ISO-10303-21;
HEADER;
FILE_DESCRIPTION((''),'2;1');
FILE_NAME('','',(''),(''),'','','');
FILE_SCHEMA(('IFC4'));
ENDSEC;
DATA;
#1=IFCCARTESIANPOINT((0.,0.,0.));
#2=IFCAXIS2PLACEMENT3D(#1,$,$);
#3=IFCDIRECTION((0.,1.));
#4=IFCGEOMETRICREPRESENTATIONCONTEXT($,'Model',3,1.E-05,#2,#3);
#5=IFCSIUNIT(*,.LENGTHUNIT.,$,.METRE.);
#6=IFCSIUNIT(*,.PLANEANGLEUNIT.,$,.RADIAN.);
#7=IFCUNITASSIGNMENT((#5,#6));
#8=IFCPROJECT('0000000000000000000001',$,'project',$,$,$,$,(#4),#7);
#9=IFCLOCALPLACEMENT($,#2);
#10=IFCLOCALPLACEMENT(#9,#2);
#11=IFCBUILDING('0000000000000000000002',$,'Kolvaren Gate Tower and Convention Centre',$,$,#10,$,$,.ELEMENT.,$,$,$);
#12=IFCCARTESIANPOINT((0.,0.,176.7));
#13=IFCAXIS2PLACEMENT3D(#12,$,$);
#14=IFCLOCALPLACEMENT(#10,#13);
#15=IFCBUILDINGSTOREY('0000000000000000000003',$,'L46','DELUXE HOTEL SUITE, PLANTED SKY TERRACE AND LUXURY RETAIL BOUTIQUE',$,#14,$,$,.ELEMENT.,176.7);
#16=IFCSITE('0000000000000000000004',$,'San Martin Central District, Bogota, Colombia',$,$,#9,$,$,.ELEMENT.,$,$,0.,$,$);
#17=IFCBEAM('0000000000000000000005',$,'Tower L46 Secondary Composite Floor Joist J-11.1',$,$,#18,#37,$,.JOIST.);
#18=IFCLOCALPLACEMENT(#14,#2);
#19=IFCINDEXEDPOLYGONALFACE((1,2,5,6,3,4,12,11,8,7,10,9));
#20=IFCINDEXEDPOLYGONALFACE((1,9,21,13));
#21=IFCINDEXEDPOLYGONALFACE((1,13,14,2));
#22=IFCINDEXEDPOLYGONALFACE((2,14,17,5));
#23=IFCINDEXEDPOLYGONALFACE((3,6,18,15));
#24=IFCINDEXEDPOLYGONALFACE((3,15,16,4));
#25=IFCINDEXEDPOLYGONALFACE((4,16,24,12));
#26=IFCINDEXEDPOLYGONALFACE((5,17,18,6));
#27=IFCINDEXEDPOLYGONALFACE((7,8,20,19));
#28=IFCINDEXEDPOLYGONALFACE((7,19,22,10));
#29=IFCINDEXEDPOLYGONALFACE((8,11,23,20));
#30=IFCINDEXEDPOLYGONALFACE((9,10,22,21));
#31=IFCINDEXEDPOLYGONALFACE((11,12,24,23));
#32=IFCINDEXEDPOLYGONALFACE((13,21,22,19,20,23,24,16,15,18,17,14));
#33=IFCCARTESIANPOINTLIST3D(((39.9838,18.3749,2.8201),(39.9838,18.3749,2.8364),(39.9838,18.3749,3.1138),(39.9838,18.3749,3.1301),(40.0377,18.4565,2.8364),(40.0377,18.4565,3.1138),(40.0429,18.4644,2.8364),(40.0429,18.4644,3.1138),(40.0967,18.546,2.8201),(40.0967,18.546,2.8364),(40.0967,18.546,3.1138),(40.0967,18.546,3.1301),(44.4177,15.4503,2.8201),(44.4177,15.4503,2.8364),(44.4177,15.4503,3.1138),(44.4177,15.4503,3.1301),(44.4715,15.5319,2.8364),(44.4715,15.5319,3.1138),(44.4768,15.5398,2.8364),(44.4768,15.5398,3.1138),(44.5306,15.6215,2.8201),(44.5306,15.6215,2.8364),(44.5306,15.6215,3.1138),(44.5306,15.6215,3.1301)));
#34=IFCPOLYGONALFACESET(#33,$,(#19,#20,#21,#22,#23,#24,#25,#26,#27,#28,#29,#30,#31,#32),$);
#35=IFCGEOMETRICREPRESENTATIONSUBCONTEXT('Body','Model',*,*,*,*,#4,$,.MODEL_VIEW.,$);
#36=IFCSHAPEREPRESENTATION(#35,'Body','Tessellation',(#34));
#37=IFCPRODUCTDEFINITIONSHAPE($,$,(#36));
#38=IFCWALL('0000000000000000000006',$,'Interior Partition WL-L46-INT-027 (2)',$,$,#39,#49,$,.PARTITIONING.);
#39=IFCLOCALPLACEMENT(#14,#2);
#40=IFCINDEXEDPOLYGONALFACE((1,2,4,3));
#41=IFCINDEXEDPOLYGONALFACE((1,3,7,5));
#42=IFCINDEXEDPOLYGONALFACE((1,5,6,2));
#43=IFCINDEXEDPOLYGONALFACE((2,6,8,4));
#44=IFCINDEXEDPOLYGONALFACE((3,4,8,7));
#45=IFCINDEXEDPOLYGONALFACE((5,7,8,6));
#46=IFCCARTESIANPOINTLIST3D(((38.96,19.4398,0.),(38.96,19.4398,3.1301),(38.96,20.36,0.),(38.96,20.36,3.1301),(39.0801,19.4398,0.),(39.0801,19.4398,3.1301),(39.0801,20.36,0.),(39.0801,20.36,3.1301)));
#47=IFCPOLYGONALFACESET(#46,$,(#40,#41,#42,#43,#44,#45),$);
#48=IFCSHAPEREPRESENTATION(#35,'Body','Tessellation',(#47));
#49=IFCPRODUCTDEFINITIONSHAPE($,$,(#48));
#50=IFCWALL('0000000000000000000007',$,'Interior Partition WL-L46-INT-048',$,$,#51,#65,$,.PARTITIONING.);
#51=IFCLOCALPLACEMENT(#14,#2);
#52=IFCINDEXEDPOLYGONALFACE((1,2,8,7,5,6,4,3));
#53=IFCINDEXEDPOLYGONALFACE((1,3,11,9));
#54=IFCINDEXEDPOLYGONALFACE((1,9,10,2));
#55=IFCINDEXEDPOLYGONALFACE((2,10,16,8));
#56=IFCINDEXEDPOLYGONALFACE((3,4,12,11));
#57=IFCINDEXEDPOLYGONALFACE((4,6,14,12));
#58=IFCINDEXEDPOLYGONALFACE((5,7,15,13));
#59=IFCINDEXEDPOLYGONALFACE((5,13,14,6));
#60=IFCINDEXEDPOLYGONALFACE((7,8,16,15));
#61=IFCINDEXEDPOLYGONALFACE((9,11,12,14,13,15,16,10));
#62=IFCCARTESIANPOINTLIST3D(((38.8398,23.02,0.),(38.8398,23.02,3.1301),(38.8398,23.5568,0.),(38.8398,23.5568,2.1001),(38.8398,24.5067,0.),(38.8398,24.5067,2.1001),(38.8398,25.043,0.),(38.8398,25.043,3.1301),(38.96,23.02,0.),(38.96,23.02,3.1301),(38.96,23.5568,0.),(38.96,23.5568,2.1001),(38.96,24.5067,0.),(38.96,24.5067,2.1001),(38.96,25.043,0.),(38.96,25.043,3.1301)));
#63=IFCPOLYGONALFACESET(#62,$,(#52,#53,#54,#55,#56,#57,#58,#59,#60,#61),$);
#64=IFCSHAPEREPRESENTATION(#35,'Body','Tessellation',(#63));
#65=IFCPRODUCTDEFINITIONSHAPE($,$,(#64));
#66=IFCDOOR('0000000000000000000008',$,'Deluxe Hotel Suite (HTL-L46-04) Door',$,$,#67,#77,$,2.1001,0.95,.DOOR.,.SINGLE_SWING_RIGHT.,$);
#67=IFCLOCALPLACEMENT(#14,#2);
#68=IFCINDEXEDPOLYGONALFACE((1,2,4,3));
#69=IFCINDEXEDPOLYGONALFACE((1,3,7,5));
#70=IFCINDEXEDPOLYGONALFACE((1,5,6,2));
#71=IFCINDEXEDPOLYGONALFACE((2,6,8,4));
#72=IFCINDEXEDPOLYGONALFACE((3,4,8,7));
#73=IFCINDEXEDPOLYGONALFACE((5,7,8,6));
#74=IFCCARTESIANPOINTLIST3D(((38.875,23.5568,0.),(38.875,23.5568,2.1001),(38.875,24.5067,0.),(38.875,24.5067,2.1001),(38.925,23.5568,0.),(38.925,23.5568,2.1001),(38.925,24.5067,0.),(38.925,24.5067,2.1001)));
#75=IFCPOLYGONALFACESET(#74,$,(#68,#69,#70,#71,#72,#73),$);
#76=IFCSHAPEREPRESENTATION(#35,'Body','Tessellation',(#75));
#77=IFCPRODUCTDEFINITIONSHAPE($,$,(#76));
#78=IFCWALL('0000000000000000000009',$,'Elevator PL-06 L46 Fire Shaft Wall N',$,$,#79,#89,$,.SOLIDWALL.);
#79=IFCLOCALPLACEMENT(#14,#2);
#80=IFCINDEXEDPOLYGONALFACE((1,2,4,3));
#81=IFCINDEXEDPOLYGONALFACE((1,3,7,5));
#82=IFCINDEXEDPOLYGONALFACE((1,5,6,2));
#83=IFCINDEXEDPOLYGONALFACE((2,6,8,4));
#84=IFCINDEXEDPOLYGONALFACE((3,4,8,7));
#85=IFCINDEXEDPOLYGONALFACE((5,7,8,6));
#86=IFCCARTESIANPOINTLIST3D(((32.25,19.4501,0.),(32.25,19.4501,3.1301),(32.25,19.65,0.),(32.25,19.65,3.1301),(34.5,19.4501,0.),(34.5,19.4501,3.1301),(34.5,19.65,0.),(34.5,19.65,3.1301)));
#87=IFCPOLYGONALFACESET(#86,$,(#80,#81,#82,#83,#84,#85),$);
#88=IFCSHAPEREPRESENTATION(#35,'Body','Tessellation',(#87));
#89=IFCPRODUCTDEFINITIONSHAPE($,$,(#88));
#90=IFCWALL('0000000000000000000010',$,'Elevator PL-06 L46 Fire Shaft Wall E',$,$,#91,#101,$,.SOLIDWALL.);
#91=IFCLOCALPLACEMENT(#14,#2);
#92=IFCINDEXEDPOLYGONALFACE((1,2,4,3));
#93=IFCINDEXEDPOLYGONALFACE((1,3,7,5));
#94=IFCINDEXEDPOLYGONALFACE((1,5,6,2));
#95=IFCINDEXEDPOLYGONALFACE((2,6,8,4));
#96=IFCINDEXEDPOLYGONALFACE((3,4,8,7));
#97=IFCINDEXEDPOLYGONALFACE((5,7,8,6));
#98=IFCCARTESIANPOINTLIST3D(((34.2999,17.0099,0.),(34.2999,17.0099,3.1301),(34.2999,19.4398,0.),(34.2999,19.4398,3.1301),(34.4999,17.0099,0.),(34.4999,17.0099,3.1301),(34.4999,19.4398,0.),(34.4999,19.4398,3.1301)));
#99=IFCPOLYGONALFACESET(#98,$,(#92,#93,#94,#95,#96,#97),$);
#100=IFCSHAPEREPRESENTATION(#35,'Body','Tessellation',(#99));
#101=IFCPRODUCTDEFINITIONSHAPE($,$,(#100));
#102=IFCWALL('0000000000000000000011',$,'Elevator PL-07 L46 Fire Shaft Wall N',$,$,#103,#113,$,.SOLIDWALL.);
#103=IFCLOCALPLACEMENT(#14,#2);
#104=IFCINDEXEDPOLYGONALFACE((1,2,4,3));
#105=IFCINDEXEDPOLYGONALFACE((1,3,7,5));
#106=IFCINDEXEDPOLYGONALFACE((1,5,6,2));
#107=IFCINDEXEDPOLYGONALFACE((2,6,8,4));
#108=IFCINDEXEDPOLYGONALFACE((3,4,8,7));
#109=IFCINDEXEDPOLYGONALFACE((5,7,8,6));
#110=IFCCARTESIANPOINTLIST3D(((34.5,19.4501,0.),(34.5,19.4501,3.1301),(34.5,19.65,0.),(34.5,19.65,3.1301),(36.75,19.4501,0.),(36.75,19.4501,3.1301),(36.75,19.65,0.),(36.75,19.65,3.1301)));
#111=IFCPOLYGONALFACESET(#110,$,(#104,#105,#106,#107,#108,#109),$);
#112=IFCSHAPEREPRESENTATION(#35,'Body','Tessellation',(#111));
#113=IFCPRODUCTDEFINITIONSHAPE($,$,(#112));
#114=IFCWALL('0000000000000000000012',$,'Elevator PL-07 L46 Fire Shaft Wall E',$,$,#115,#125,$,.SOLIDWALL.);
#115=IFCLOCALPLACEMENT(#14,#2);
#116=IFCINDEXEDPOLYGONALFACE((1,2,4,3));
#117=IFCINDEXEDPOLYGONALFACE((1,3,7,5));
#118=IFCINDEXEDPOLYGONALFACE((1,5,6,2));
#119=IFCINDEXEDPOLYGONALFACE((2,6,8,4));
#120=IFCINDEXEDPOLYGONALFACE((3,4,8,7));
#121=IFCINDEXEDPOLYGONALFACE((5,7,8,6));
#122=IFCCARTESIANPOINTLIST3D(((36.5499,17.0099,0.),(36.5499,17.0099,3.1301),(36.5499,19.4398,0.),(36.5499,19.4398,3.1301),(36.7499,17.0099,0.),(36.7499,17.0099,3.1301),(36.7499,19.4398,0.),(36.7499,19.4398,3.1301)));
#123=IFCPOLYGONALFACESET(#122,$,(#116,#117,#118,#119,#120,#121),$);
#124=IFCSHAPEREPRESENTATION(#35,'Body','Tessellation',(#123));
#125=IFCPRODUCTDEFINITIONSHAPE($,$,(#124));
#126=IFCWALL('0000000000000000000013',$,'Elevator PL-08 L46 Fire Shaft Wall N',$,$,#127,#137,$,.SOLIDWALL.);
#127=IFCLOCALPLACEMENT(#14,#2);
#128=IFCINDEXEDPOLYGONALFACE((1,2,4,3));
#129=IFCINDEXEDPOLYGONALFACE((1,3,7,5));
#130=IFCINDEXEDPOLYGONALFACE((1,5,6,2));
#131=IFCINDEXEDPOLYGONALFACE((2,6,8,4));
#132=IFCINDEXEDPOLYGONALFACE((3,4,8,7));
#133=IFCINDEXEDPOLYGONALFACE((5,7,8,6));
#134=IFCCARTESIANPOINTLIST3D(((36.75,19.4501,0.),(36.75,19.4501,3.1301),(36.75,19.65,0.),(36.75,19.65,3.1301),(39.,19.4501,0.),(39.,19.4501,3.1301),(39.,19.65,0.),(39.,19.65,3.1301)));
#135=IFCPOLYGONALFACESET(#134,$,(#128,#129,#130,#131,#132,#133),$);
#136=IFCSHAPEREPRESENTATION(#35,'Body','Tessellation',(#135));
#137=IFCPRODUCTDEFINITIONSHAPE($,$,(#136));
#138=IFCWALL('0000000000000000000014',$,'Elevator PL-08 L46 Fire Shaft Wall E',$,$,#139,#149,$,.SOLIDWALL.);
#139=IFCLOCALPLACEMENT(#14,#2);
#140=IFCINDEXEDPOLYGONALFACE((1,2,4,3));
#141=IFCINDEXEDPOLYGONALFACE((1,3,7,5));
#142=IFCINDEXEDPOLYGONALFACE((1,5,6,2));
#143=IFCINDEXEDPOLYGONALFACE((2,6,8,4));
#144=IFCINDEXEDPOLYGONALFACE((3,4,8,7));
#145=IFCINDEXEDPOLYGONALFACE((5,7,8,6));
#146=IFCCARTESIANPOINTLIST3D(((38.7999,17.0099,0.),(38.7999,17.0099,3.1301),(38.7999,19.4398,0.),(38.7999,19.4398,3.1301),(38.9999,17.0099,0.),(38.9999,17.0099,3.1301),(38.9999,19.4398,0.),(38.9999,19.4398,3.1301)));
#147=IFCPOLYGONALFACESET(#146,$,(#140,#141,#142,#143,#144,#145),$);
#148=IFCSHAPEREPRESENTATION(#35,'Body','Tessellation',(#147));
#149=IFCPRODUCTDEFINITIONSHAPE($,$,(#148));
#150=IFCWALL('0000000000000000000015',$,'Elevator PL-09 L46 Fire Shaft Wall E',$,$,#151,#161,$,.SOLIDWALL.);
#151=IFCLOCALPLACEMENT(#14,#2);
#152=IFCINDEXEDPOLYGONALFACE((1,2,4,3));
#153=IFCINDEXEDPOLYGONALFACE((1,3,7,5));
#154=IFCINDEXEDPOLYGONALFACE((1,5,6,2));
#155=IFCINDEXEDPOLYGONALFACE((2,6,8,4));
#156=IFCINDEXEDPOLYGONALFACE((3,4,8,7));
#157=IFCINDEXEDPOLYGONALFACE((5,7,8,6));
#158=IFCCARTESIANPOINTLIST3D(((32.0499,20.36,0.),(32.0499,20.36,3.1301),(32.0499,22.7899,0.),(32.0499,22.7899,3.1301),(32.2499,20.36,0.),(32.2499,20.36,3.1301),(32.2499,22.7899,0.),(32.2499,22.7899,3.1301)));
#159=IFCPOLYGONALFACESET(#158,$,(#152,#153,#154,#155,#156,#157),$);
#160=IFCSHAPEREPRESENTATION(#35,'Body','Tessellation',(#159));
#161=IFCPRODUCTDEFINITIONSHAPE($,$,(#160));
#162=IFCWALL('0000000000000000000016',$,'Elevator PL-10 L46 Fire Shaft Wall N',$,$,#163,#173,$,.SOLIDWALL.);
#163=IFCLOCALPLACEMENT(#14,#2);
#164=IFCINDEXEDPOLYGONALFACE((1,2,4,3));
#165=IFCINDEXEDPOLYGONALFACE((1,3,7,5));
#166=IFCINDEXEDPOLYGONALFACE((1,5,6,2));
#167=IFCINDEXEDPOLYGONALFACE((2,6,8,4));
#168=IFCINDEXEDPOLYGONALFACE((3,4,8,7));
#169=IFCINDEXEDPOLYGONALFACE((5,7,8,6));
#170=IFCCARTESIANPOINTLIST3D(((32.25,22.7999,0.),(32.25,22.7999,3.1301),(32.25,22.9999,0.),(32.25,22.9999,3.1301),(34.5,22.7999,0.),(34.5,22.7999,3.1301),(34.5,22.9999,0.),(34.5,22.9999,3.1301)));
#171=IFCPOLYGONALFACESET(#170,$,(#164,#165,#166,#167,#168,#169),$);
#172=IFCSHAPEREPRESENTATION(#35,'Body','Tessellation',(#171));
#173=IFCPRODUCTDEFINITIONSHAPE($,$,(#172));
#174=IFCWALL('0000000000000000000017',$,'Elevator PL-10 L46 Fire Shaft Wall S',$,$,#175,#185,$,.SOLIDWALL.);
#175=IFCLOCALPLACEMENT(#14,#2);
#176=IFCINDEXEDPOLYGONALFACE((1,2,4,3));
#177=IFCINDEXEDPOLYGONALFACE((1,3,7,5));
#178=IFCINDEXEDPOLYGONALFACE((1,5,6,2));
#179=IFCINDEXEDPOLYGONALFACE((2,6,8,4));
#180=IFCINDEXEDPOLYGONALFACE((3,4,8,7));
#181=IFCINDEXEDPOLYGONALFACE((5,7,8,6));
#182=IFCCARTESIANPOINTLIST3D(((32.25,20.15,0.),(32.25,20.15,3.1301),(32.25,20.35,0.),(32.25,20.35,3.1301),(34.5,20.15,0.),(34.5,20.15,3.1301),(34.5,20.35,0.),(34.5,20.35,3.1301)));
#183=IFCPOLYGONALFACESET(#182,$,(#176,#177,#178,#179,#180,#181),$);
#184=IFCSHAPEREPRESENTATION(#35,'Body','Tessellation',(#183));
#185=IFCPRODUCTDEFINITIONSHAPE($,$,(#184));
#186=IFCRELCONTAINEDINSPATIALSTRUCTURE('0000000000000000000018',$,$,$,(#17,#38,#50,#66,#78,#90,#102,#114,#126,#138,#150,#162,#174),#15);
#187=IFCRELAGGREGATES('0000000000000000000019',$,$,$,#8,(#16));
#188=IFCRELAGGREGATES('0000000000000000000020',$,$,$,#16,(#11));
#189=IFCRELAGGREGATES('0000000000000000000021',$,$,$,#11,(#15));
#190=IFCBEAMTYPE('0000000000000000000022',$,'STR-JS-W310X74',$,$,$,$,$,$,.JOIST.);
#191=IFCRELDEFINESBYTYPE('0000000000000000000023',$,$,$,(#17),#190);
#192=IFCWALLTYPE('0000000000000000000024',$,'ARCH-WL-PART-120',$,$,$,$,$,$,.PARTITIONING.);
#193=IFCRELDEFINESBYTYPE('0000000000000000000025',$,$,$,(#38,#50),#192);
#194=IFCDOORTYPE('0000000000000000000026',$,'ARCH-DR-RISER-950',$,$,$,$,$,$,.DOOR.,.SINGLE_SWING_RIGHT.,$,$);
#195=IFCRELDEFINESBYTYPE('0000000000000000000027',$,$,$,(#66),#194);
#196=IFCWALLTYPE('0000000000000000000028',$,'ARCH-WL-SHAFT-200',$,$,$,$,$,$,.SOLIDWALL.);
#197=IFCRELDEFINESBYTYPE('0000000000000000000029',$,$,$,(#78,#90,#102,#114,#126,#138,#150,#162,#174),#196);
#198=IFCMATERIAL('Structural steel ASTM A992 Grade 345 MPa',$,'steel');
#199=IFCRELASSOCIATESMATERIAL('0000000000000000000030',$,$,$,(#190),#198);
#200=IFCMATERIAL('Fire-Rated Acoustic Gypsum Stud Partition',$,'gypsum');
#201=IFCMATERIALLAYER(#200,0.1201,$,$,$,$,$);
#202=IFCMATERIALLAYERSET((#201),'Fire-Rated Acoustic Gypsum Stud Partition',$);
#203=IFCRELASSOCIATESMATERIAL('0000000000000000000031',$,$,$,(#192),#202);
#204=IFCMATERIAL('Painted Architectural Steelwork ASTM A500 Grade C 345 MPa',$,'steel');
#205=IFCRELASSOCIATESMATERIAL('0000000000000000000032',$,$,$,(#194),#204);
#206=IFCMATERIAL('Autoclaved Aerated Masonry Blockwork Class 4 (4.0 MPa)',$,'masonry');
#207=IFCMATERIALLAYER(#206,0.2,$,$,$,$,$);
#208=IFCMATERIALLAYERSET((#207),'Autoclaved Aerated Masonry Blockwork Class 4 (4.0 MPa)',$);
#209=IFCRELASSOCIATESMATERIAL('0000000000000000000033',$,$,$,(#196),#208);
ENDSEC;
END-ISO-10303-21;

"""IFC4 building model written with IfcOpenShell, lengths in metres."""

from ifc_helpers import new_model, si_unit, direction, frame, frame_2d, origin, origin_2d, place, context, subcontext, project, spatial, rectangle, i_section, extrude, material, layer, layer_set, material_profile, profile_set, type_object, element, fill, save


model = new_model("IFC4")

# Units and contexts
model_context = context("Model", 3, precision=1e-05, world=origin(), true_north=direction((0.0, 1.0)))
body_context = subcontext(model_context, "Body", "Model", "MODEL_VIEW")
ifc_project = project(units=[si_unit("LENGTHUNIT", "METRE"), si_unit("PLANEANGLEUNIT", "RADIAN")], contexts=[model_context])

# Site, building, storey
site_placement = place(None, origin())
site = spatial("IfcSite", under=ifc_project, at=site_placement, Name="San Martin Central District, Bogota, Colombia", CompositionType="ELEMENT", RefElevation=0.0)
building_placement = place(site_placement, origin())
building = spatial("IfcBuilding", under=site, at=building_placement, Name="Kolvaren Gate Tower and Convention Centre", CompositionType="ELEMENT")
storey_placement = place(building_placement, frame((0.0, 0.0, 176.7)))
storey = spatial("IfcBuildingStorey", under=building, at=storey_placement, Name="L46", Description="DELUXE HOTEL SUITE, PLANTED SKY TERRACE AND LUXURY RETAIL BOUTIQUE", CompositionType="ELEMENT", Elevation=176.7)

# Beam
ifc_material_1 = material(Name="Structural steel ASTM A992 Grade 345 MPa", Category="steel")
ifc_material_profile = material_profile(ifc_material_1, i_section(OverallWidth=0.2051, OverallDepth=0.3101, WebThickness=0.0095, FlangeThickness=0.0164, at=origin_2d()), Name="W310X74")
ifc_profile_set = profile_set([ifc_material_profile], Name="Structural steel ASTM A992 Grade 345 MPa")
beam_type = type_object("IfcBeamType", Name="STR-JS-W310X74", PredefinedType="JOIST", material=ifc_profile_set)
beam_placement = place(storey_placement, frame((40.0403, 18.4604, 2.9751), z_axis=(0.834763, -0.55061, 0.0), x_axis=(0.55061, 0.834763, 0.0)))
element("IfcBeam", 1, at=beam_placement, inside=storey, type_object=beam_type, Name="Tower L46 Secondary Composite Floor Joist J-11.1", PredefinedType="JOIST", context=body_context, shape_type="SweptSolid", body=[
    extrude(i_section(OverallWidth=0.2051, OverallDepth=0.3101, WebThickness=0.0095, FlangeThickness=0.0164, at=origin_2d()), origin(), (0.0, 0.0, 1.0), 5.3115),
])

# Wall
ifc_material_2 = material(Name="Fire-Rated Acoustic Gypsum Stud Partition", Category="gypsum")
ifc_layer_1 = layer(ifc_material_2, 0.1201)
ifc_layer_set_1 = layer_set([ifc_layer_1], Name="Fire-Rated Acoustic Gypsum Stud Partition")
wall_type_1 = type_object("IfcWallType", Name="ARCH-WL-PART-120", PredefinedType="PARTITIONING", material=ifc_layer_set_1)
wall_1_placement = place(storey_placement, frame((39.02, 19.4399, 0.0), z_axis=(0.0, 0.0, 1.0), x_axis=(0.0, 1.0, 0.0)))
element("IfcWall", 2, at=wall_1_placement, inside=storey, type_object=wall_type_1, Name="Interior Partition WL-L46-INT-027 (2)", PredefinedType="PARTITIONING", context=body_context, shape_type="SweptSolid", body=[
    extrude(rectangle(XDim=0.9202, YDim=0.1201, at=frame_2d((0.46, 0.0))), origin(), (0.0, 0.0, 1.0), 3.1301),
])

# Wall, opening, door
wall_2_placement = place(storey_placement, frame((38.8999, 23.02, 0.0), z_axis=(0.0, 0.0, 1.0), x_axis=(0.0, 1.0, 0.0)))
wall_2 = element("IfcWall", 3, at=wall_2_placement, inside=storey, type_object=wall_type_1, Name="Interior Partition WL-L46-INT-048", PredefinedType="PARTITIONING", context=body_context, shape_type="SweptSolid", body=[
    extrude(rectangle(XDim=2.0229, YDim=0.1201, at=frame_2d((1.0115, 0.0))), origin(), (0.0, 0.0, 1.0), 3.1301),
])
opening_1_placement = place(wall_2_placement, frame((0.5366, 0.0, 0.0)))
opening_1 = element("IfcOpeningElement", 4, at=opening_1_placement, cuts=wall_2, PredefinedType="OPENING", context=body_context, shape_type="SweptSolid", body=[
    extrude(rectangle(XDim=0.95, YDim=2.1001, at=frame_2d((0.4751, 1.05))), frame((0.0, 0.0701, 0.0), z_axis=(0.0, -1.0, 0.0), x_axis=(1.0, 0.0, 0.0)), (0.0, 0.0, 1.0), 0.1401),
])
ifc_material_3 = material(Name="Painted Architectural Steelwork ASTM A500 Grade C 345 MPa", Category="steel")
door_type = type_object("IfcDoorType", Name="ARCH-DR-RISER-950", OperationType="SINGLE_SWING_RIGHT", PredefinedType="DOOR", material=ifc_material_3)
door_1_placement = place(opening_1_placement, origin())
door_1 = element("IfcDoor", 5, at=door_1_placement, inside=storey, type_object=door_type, Name="Deluxe Hotel Suite (HTL-L46-04) Door", OperationType="SINGLE_SWING_RIGHT", OverallHeight=2.1001, OverallWidth=0.95, PredefinedType="DOOR", context=body_context, shape_type="SweptSolid", body=[
    extrude(rectangle(XDim=0.95, YDim=2.1001, at=frame_2d((0.4751, 1.05))), frame((0.0, 0.0249, 0.0), z_axis=(0.0, -1.0, 0.0), x_axis=(1.0, 0.0, 0.0)), (0.0, 0.0, 1.0), 0.05),
])
fill(opening_1, door_1)

# Walls
ifc_material_4 = material(Name="Autoclaved Aerated Masonry Blockwork Class 4 (4.0 MPa)", Category="masonry")
ifc_layer_2 = layer(ifc_material_4, 0.2)
ifc_layer_set_2 = layer_set([ifc_layer_2], Name="Autoclaved Aerated Masonry Blockwork Class 4 (4.0 MPa)")
wall_type_2 = type_object("IfcWallType", Name="ARCH-WL-SHAFT-200", PredefinedType="SOLIDWALL", material=ifc_layer_set_2)
wall_3_placement = place(storey_placement, frame((32.25, 19.55, 0.0), z_axis=(0.0, 0.0, 1.0), x_axis=(1.0, 0.0, 0.0)))
element("IfcWall", 6, at=wall_3_placement, inside=storey, type_object=wall_type_2, Name="Elevator PL-06 L46 Fire Shaft Wall N", PredefinedType="SOLIDWALL", context=body_context, shape_type="SweptSolid", body=[
    extrude(rectangle(XDim=2.25, YDim=0.2, at=frame_2d((1.125, 0.0))), origin(), (0.0, 0.0, 1.0), 3.1301),
])
wall_4_placement = place(storey_placement, frame((34.3999, 17.01, 0.0), z_axis=(0.0, 0.0, 1.0), x_axis=(0.0, 1.0, 0.0)))
element("IfcWall", 7, at=wall_4_placement, inside=storey, type_object=wall_type_2, Name="Elevator PL-06 L46 Fire Shaft Wall E", PredefinedType="SOLIDWALL", context=body_context, shape_type="SweptSolid", body=[
    extrude(rectangle(XDim=2.4299, YDim=0.2, at=frame_2d((1.2148, 0.0))), origin(), (0.0, 0.0, 1.0), 3.1301),
])
wall_5_placement = place(storey_placement, frame((34.5, 19.55, 0.0), z_axis=(0.0, 0.0, 1.0), x_axis=(1.0, 0.0, 0.0)))
element("IfcWall", 8, at=wall_5_placement, inside=storey, type_object=wall_type_2, Name="Elevator PL-07 L46 Fire Shaft Wall N", PredefinedType="SOLIDWALL", context=body_context, shape_type="SweptSolid", body=[
    extrude(rectangle(XDim=2.25, YDim=0.2, at=frame_2d((1.125, 0.0))), origin(), (0.0, 0.0, 1.0), 3.1301),
])
wall_6_placement = place(storey_placement, frame((36.6499, 17.01, 0.0), z_axis=(0.0, 0.0, 1.0), x_axis=(0.0, 1.0, 0.0)))
element("IfcWall", 9, at=wall_6_placement, inside=storey, type_object=wall_type_2, Name="Elevator PL-07 L46 Fire Shaft Wall E", PredefinedType="SOLIDWALL", context=body_context, shape_type="SweptSolid", body=[
    extrude(rectangle(XDim=2.4299, YDim=0.2, at=frame_2d((1.2148, 0.0))), origin(), (0.0, 0.0, 1.0), 3.1301),
])
wall_7_placement = place(storey_placement, frame((36.75, 19.55, 0.0), z_axis=(0.0, 0.0, 1.0), x_axis=(1.0, 0.0, 0.0)))
element("IfcWall", 10, at=wall_7_placement, inside=storey, type_object=wall_type_2, Name="Elevator PL-08 L46 Fire Shaft Wall N", PredefinedType="SOLIDWALL", context=body_context, shape_type="SweptSolid", body=[
    extrude(rectangle(XDim=2.25, YDim=0.2, at=frame_2d((1.125, 0.0))), origin(), (0.0, 0.0, 1.0), 3.1301),
])
for number, where, z_axis, x_axis, name in (
    (11, (38.8999, 17.01, 0.0), (0.0, 0.0, 1.0), (0.0, 1.0, 0.0), "Elevator PL-08 L46 Fire Shaft Wall E"),
    (12, (32.1499, 20.3601, 0.0), (0.0, 0.0, 1.0), (0.0, 1.0, 0.0), "Elevator PL-09 L46 Fire Shaft Wall E"),
):
    element("IfcWall", number, at=place(storey_placement, frame(where, z_axis=z_axis, x_axis=x_axis)), inside=storey, type_object=wall_type_2, Name=name, PredefinedType="SOLIDWALL", context=body_context, shape_type="SweptSolid", body=[
        extrude(rectangle(XDim=2.4299, YDim=0.2, at=frame_2d((1.2148, 0.0))), origin(), (0.0, 0.0, 1.0), 3.1301),
    ])
for number, where, z_axis, x_axis, name in (
    (13, (32.25, 22.8999, 0.0), (0.0, 0.0, 1.0), (1.0, 0.0, 0.0), "Elevator PL-10 L46 Fire Shaft Wall N"),
    (14, (32.25, 20.25, 0.0), (0.0, 0.0, 1.0), (1.0, 0.0, 0.0), "Elevator PL-10 L46 Fire Shaft Wall S"),
):
    element("IfcWall", number, at=place(storey_placement, frame(where, z_axis=z_axis, x_axis=x_axis)), inside=storey, type_object=wall_type_2, Name=name, PredefinedType="SOLIDWALL", context=body_context, shape_type="SweptSolid", body=[
        extrude(rectangle(XDim=2.25, YDim=0.2, at=frame_2d((1.125, 0.0))), origin(), (0.0, 0.0, 1.0), 3.1301),
    ])

save(model, "model.ifc")
